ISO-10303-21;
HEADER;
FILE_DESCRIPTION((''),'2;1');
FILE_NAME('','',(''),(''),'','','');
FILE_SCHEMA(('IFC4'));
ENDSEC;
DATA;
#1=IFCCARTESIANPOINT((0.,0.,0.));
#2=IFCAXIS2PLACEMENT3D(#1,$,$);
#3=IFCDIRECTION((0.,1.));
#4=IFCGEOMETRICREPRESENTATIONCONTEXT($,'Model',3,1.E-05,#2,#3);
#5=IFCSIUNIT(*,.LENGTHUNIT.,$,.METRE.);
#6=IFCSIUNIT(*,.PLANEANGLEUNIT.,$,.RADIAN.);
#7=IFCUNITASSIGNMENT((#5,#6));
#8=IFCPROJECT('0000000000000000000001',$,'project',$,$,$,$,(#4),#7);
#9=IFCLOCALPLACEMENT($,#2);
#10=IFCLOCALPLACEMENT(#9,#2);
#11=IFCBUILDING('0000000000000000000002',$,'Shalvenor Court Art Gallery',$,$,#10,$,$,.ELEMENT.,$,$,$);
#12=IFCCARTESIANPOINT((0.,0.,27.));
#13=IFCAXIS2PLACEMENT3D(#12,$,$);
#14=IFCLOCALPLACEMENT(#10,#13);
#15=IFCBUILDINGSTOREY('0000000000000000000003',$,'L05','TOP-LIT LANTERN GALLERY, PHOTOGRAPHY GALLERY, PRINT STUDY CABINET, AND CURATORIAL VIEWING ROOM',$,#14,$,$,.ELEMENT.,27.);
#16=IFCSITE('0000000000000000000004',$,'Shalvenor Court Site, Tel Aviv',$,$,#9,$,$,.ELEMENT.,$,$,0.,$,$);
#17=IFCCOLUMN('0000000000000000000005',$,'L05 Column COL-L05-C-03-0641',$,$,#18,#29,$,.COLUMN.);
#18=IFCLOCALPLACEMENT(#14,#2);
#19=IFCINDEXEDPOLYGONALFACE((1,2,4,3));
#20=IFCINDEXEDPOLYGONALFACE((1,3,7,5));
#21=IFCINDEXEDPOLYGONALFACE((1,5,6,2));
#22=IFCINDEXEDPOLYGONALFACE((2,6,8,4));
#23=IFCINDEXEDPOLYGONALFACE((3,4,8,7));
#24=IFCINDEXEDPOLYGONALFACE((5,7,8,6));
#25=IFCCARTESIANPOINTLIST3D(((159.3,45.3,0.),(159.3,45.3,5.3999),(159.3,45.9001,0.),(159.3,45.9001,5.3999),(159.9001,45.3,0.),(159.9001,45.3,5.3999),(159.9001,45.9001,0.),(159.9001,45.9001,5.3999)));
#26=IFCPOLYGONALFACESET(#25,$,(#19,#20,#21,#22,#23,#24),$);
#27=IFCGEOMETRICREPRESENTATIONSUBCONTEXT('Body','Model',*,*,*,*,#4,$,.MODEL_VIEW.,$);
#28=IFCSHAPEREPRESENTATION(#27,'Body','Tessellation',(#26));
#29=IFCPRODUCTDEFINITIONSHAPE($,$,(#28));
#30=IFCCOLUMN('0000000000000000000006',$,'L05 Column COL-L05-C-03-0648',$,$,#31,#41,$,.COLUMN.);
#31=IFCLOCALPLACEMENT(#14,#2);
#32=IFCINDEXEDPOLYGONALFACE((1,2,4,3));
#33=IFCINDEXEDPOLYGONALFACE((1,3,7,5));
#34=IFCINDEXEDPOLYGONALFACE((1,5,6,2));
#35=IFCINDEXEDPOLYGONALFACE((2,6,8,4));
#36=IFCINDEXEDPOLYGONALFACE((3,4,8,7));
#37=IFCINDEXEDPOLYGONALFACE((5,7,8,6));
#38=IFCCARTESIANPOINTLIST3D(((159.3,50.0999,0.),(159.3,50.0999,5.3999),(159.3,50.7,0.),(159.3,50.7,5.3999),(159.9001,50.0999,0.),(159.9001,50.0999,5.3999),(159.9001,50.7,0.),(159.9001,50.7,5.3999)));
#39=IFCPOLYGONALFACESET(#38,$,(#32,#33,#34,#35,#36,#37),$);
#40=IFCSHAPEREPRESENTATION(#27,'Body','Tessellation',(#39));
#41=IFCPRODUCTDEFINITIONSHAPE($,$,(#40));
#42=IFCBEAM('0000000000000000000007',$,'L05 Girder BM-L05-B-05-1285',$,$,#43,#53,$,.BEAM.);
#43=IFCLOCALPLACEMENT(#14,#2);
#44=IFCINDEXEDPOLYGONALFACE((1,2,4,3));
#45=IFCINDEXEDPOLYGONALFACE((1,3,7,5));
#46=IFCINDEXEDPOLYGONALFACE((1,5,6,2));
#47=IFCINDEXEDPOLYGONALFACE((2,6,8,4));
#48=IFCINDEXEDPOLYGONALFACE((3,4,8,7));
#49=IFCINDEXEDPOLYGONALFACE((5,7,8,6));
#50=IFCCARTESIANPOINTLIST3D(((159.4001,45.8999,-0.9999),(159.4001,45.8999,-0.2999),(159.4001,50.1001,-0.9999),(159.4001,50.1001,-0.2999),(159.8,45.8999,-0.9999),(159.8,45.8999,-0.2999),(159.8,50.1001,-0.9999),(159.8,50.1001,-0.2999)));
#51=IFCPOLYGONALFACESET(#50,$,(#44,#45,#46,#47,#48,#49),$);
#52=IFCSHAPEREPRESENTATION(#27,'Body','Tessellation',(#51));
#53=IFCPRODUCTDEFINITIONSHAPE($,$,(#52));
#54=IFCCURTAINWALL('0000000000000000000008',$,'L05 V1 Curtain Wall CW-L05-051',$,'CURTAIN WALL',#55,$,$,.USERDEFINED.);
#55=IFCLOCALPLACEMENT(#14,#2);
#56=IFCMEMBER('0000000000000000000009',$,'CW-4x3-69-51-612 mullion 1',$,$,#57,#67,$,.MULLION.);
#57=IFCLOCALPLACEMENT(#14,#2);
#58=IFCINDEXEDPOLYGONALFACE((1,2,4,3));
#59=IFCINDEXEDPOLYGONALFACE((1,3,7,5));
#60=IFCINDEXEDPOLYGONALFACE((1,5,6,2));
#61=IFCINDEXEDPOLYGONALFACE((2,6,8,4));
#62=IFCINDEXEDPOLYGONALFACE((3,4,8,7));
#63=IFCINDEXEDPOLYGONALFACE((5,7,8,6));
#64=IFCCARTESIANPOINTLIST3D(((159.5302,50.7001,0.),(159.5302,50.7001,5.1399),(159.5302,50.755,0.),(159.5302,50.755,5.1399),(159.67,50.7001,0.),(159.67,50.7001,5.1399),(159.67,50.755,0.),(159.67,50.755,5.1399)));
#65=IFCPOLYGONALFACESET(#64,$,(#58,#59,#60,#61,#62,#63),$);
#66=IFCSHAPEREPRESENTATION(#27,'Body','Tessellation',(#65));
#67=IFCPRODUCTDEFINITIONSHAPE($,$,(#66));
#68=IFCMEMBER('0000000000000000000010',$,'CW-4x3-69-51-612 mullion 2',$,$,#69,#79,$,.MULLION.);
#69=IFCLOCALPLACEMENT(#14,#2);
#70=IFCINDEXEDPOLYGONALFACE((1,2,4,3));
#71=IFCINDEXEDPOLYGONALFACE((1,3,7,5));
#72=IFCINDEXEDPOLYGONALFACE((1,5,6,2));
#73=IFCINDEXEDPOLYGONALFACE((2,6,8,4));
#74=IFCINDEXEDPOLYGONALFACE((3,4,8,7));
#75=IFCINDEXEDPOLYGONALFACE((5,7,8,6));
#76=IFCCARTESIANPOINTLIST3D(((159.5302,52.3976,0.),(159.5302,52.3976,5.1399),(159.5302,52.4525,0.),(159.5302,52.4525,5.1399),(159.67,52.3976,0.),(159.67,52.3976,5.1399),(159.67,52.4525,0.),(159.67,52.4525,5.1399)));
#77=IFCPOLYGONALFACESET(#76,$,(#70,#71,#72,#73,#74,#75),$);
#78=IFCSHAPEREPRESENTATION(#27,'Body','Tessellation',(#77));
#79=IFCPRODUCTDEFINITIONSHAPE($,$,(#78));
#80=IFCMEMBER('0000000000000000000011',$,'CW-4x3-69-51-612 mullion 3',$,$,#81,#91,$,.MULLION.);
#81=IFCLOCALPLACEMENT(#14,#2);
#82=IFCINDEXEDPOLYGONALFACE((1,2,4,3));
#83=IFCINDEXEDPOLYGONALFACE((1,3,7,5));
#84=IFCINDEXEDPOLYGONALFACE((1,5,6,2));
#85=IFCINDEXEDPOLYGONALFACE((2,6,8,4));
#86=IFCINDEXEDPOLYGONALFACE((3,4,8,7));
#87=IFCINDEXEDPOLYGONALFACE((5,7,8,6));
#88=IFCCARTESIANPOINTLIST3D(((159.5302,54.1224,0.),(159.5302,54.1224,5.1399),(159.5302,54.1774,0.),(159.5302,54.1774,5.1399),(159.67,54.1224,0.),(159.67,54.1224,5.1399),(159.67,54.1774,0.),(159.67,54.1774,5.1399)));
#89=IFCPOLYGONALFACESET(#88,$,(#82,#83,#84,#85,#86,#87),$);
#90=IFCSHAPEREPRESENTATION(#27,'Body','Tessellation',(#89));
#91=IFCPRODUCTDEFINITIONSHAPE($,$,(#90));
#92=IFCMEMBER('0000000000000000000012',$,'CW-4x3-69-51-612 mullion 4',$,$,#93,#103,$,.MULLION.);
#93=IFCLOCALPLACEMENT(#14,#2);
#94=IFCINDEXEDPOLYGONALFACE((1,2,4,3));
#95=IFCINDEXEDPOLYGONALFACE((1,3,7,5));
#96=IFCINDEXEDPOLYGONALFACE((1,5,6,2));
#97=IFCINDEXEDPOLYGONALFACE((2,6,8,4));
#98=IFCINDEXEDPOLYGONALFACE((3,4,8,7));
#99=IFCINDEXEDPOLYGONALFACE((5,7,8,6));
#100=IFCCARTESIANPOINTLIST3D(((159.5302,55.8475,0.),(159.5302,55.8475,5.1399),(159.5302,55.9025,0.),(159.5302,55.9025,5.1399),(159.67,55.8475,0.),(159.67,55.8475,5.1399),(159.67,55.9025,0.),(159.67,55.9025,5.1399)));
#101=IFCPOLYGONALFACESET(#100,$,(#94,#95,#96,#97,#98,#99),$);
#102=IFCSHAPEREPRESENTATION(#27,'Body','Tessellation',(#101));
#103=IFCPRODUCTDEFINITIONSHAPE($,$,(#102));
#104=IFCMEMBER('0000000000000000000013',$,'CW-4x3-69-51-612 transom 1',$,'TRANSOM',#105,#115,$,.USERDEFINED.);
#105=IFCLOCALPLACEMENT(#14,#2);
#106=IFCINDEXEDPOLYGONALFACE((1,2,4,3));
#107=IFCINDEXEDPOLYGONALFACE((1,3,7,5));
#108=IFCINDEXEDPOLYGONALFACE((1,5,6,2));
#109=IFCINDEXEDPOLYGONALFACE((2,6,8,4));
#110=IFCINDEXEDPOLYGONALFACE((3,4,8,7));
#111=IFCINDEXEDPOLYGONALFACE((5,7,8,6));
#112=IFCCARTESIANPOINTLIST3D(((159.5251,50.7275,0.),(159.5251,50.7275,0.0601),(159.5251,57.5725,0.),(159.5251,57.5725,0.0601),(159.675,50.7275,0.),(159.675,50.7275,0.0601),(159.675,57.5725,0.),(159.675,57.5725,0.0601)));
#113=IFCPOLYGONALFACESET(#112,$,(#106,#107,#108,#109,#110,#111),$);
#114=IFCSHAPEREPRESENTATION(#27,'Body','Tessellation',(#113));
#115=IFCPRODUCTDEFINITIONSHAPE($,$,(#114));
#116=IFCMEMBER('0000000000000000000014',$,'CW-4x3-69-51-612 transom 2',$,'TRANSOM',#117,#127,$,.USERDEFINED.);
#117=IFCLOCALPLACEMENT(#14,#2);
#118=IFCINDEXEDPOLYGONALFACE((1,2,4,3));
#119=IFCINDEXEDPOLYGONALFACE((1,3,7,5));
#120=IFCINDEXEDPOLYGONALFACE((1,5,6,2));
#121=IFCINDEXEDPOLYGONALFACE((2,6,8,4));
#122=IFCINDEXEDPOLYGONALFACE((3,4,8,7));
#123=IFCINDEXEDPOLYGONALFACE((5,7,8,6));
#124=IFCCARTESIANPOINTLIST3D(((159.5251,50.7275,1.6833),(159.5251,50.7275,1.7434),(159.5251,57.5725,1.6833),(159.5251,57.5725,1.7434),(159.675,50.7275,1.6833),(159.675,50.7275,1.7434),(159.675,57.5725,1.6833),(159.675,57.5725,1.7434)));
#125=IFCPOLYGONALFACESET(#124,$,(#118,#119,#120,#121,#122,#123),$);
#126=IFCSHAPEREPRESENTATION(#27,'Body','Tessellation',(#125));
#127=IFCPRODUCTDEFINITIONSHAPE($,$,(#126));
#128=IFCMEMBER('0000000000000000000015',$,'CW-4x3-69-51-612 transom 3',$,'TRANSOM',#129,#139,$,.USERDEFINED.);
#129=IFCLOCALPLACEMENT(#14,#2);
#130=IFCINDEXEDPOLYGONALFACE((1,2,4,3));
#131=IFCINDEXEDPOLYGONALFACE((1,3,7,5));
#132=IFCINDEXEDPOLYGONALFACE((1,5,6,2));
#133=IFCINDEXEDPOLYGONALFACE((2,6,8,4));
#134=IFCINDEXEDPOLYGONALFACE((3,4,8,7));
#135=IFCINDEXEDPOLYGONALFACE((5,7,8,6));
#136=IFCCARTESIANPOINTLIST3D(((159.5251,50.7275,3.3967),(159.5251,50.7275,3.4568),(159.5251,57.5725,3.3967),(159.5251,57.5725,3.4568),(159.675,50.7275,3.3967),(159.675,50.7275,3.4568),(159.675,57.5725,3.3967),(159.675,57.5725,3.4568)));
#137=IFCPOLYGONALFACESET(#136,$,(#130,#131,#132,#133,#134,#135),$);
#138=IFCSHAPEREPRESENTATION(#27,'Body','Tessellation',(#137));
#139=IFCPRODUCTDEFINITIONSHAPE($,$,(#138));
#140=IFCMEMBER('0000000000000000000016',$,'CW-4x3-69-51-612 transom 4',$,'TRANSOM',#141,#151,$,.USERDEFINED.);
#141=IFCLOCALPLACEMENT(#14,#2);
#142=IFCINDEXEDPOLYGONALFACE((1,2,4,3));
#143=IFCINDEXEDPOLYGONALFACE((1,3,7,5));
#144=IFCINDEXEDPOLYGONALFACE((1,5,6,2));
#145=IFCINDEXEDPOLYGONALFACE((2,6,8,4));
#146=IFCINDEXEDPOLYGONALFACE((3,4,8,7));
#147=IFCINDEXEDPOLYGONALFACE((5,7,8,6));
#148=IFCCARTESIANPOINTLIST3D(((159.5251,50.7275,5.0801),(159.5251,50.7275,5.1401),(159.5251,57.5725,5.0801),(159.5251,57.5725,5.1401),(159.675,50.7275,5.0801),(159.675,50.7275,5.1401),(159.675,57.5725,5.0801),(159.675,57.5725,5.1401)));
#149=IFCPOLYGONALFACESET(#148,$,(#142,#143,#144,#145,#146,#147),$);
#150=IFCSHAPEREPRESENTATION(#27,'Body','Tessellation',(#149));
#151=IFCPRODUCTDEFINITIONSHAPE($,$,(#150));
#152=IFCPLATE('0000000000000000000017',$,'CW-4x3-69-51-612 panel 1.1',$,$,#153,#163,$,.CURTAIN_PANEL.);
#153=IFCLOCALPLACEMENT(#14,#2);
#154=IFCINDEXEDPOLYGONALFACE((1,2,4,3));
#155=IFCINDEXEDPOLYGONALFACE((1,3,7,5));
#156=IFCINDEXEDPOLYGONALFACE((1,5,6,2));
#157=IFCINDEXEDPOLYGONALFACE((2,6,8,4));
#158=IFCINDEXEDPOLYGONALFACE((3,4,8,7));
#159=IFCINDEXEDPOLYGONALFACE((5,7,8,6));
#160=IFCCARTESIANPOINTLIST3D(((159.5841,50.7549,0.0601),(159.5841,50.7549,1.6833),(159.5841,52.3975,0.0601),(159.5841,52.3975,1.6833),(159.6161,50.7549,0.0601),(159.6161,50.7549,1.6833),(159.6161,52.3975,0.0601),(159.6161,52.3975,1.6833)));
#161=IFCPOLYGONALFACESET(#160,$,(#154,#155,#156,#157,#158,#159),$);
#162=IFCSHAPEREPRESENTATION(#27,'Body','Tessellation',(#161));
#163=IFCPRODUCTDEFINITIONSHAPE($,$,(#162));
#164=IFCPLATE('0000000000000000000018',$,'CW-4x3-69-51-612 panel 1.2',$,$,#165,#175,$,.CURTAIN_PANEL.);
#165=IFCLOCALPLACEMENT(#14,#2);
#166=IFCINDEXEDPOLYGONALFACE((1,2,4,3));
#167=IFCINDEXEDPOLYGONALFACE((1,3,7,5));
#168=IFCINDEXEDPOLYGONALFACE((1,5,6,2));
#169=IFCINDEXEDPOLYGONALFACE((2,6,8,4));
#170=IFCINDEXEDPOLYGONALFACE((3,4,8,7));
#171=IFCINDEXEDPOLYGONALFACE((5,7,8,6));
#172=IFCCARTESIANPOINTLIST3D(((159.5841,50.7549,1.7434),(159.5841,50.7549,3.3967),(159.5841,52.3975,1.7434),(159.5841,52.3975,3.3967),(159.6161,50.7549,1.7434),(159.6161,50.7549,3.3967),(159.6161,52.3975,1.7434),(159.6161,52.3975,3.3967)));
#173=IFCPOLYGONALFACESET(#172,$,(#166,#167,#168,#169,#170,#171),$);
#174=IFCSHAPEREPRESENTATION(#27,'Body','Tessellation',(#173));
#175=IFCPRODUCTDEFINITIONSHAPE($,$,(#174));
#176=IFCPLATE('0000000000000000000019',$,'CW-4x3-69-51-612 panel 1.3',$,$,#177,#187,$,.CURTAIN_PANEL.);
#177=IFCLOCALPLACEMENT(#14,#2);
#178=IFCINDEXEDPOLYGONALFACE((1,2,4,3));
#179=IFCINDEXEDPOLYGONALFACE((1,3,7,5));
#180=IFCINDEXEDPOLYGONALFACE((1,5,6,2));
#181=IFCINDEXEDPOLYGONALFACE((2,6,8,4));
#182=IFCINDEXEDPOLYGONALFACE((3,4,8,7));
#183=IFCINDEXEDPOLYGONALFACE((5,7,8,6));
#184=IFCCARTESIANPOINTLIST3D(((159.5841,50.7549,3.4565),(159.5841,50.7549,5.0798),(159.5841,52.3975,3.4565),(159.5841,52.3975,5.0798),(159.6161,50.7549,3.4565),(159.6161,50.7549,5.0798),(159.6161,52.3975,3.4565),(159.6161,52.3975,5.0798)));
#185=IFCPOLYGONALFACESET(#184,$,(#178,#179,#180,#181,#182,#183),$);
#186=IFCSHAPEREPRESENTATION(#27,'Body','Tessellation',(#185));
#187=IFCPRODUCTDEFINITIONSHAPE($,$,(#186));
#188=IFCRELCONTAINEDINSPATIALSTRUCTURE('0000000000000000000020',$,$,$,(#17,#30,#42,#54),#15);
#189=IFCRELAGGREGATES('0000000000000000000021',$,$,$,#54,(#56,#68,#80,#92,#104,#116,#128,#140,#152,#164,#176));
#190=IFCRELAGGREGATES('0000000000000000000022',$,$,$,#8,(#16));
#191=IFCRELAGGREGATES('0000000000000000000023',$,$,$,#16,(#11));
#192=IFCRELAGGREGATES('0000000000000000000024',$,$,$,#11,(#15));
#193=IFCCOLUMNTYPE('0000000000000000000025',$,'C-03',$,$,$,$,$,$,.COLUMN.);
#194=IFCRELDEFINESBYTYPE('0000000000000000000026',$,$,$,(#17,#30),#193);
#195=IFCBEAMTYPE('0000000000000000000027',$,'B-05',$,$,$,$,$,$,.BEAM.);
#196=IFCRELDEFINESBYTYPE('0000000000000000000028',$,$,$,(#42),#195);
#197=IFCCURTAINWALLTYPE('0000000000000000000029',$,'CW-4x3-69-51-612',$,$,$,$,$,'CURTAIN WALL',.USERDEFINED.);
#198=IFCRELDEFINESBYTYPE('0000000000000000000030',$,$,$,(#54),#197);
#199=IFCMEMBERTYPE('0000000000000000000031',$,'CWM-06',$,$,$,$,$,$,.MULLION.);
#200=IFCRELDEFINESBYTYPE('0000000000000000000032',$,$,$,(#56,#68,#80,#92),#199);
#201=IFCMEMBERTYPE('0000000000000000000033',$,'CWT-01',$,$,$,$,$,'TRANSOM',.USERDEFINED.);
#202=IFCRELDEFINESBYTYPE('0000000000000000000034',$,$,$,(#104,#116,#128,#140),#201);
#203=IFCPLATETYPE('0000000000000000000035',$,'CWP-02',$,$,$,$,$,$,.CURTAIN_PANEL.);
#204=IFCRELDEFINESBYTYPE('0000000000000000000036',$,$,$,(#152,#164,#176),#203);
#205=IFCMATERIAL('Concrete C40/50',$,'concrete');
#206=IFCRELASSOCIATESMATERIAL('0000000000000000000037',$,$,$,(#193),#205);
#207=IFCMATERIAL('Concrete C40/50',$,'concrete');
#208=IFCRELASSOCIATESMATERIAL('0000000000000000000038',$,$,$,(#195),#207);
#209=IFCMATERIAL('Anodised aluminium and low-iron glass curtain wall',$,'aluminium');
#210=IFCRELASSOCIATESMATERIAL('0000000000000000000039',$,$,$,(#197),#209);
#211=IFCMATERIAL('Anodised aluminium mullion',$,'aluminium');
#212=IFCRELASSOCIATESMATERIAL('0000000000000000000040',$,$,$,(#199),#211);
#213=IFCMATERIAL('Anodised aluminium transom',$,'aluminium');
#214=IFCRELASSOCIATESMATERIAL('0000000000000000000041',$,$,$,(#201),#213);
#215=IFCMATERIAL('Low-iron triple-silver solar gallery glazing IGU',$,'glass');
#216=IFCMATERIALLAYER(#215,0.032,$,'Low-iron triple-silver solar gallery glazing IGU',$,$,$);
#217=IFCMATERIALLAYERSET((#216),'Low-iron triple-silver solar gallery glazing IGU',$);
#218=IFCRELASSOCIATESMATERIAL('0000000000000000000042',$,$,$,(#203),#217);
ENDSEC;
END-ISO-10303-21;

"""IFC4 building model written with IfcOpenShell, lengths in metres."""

from ifc_helpers import new_model, si_unit, direction, frame, origin, origin_2d, place, context, subcontext, project, spatial, rectangle, extrude, material, layer, layer_set, material_profile, profile_set, type_object, element, aggregate, save


model = new_model("IFC4")

# Units and contexts
model_context = context("Model", 3, precision=1e-05, world=origin(), true_north=direction((0.0, 1.0)))
body_context = subcontext(model_context, "Body", "Model", "MODEL_VIEW")
ifc_project = project(units=[si_unit("LENGTHUNIT", "METRE"), si_unit("PLANEANGLEUNIT", "RADIAN")], contexts=[model_context])

# Site, building, storey
site_placement = place(None, origin())
site = spatial("IfcSite", under=ifc_project, at=site_placement, Name="Shalvenor Court Site, Tel Aviv", CompositionType="ELEMENT", RefElevation=0.0)
building_placement = place(site_placement, origin())
building = spatial("IfcBuilding", under=site, at=building_placement, Name="Shalvenor Court Art Gallery", CompositionType="ELEMENT")
storey_placement = place(building_placement, frame((0.0, 0.0, 27.0)))
storey = spatial("IfcBuildingStorey", under=building, at=storey_placement, Name="L05", Description="TOP-LIT LANTERN GALLERY, PHOTOGRAPHY GALLERY, PRINT STUDY CABINET, AND CURATORIAL VIEWING ROOM", CompositionType="ELEMENT", Elevation=27.0)

# Columns
ifc_material_1 = material(Name="Concrete C40/50", Category="concrete")
ifc_material_profile_1 = material_profile(ifc_material_1, rectangle(XDim=0.6001, YDim=0.6001, at=origin_2d()), Name="RC 600x600")
ifc_profile_set_1 = profile_set([ifc_material_profile_1], Name="Concrete C40/50")
column_type = type_object("IfcColumnType", Name="C-03", PredefinedType="COLUMN", material=ifc_profile_set_1)
for number, where, z_axis, x_axis, name in (
    (1, (159.6001, 45.6001, 0.0), (0.0, 0.0, 1.0), (1.0, 0.0, 0.0), "L05 Column COL-L05-C-03-0641"),
    (2, (159.6001, 50.3999, 0.0), (0.0, 0.0, 1.0), (1.0, 0.0, 0.0), "L05 Column COL-L05-C-03-0648"),
):
    element("IfcColumn", number, at=place(storey_placement, frame(where, z_axis=z_axis, x_axis=x_axis)), inside=storey, type_object=column_type, Name=name, PredefinedType="COLUMN", context=body_context, shape_type="SweptSolid", body=[
        extrude(rectangle(XDim=0.6001, YDim=0.6001, at=origin_2d()), origin(), (0.0, 0.0, 1.0), 5.3999),
    ])

# Beam
ifc_material_2 = material(Name="Concrete C40/50", Category="concrete")
ifc_material_profile_2 = material_profile(ifc_material_2, rectangle(XDim=0.3999, YDim=0.7, at=origin_2d()), Name="RC 400x700")
ifc_profile_set_2 = profile_set([ifc_material_profile_2], Name="Concrete C40/50")
beam_type = type_object("IfcBeamType", Name="B-05", PredefinedType="BEAM", material=ifc_profile_set_2)
beam_placement = place(storey_placement, frame((159.6001, 45.8999, -0.6499), z_axis=(0.0, 1.0, 0.0), x_axis=(-1.0, 0.0, 0.0)))
element("IfcBeam", 3, at=beam_placement, inside=storey, type_object=beam_type, Name="L05 Girder BM-L05-B-05-1285", PredefinedType="BEAM", context=body_context, shape_type="SweptSolid", body=[
    extrude(rectangle(XDim=0.3999, YDim=0.7, at=origin_2d()), origin(), (0.0, 0.0, 1.0), 4.2002),
])

# Curtain wall, members, plates
ifc_material_3 = material(Name="Anodised aluminium and low-iron glass curtain wall", Category="aluminium")
curtain_wall_type = type_object("IfcCurtainWallType", Name="CW-4x3-69-51-612", ElementType="CURTAIN WALL", PredefinedType="USERDEFINED", material=ifc_material_3)
curtain_wall_placement = place(storey_placement, origin())
curtain_wall = element("IfcCurtainWall", 4, at=curtain_wall_placement, inside=storey, type_object=curtain_wall_type, Name="L05 V1 Curtain Wall CW-L05-051", ObjectType="CURTAIN WALL", PredefinedType="USERDEFINED")
ifc_material_4 = material(Name="Anodised aluminium mullion", Category="aluminium")
ifc_material_profile_3 = material_profile(ifc_material_4, rectangle(XDim=0.0549, YDim=0.1399, at=origin_2d()), Name="CWM-06")
ifc_profile_set_3 = profile_set([ifc_material_profile_3], Name="Anodised aluminium mullion")
member_type_1 = type_object("IfcMemberType", Name="CWM-06", PredefinedType="MULLION", material=ifc_profile_set_3)
member_1_placement = place(storey_placement, frame((159.6001, 50.7275, 0.0), z_axis=(0.0, 0.0, 1.0), x_axis=(0.0, 1.0, 0.0)))
member_1 = element("IfcMember", 5, at=member_1_placement, type_object=member_type_1, Name="CW-4x3-69-51-612 mullion 1", PredefinedType="MULLION", context=body_context, shape_type="SweptSolid", body=[
    extrude(rectangle(XDim=0.0549, YDim=0.1399, at=origin_2d()), origin(), (0.0, 0.0, 1.0), 5.1399),
])
member_2_placement = place(storey_placement, frame((159.6001, 52.425, 0.0), z_axis=(0.0, 0.0, 1.0), x_axis=(0.0, 1.0, 0.0)))
member_2 = element("IfcMember", 6, at=member_2_placement, type_object=member_type_1, Name="CW-4x3-69-51-612 mullion 2", PredefinedType="MULLION", context=body_context, shape_type="SweptSolid", body=[
    extrude(rectangle(XDim=0.0549, YDim=0.1399, at=origin_2d()), origin(), (0.0, 0.0, 1.0), 5.1399),
])
member_3_placement = place(storey_placement, frame((159.6001, 54.1499, 0.0), z_axis=(0.0, 0.0, 1.0), x_axis=(0.0, 1.0, 0.0)))
member_3 = element("IfcMember", 7, at=member_3_placement, type_object=member_type_1, Name="CW-4x3-69-51-612 mullion 3", PredefinedType="MULLION", context=body_context, shape_type="SweptSolid", body=[
    extrude(rectangle(XDim=0.0549, YDim=0.1399, at=origin_2d()), origin(), (0.0, 0.0, 1.0), 5.1399),
])
member_4_placement = place(storey_placement, frame((159.6001, 55.875, 0.0), z_axis=(0.0, 0.0, 1.0), x_axis=(0.0, 1.0, 0.0)))
member_4 = element("IfcMember", 8, at=member_4_placement, type_object=member_type_1, Name="CW-4x3-69-51-612 mullion 4", PredefinedType="MULLION", context=body_context, shape_type="SweptSolid", body=[
    extrude(rectangle(XDim=0.0549, YDim=0.1399, at=origin_2d()), origin(), (0.0, 0.0, 1.0), 5.1399),
])
ifc_material_5 = material(Name="Anodised aluminium transom", Category="aluminium")
ifc_material_profile_4 = material_profile(ifc_material_5, rectangle(XDim=0.1499, YDim=0.0601, at=origin_2d()), Name="CWT-01")
ifc_profile_set_4 = profile_set([ifc_material_profile_4], Name="Anodised aluminium transom")
member_type_2 = type_object("IfcMemberType", Name="CWT-01", ElementType="TRANSOM", PredefinedType="USERDEFINED", material=ifc_profile_set_4)
member_5_placement = place(storey_placement, frame((159.6001, 50.7275, 0.03), z_axis=(0.0, 1.0, 0.0), x_axis=(-1.0, 0.0, 0.0)))
member_5 = element("IfcMember", 9, at=member_5_placement, type_object=member_type_2, Name="CW-4x3-69-51-612 transom 1", ObjectType="TRANSOM", PredefinedType="USERDEFINED", context=body_context, shape_type="SweptSolid", body=[
    extrude(rectangle(XDim=0.1499, YDim=0.0601, at=origin_2d()), origin(), (0.0, 0.0, 1.0), 6.845),
])
member_6_placement = place(storey_placement, frame((159.6001, 50.7275, 1.7134), z_axis=(0.0, 1.0, 0.0), x_axis=(-1.0, 0.0, 0.0)))
member_6 = element("IfcMember", 10, at=member_6_placement, type_object=member_type_2, Name="CW-4x3-69-51-612 transom 2", ObjectType="TRANSOM", PredefinedType="USERDEFINED", context=body_context, shape_type="SweptSolid", body=[
    extrude(rectangle(XDim=0.1499, YDim=0.0601, at=origin_2d()), origin(), (0.0, 0.0, 1.0), 6.845),
])
member_7_placement = place(storey_placement, frame((159.6001, 50.7275, 3.4268), z_axis=(0.0, 1.0, 0.0), x_axis=(-1.0, 0.0, 0.0)))
member_7 = element("IfcMember", 11, at=member_7_placement, type_object=member_type_2, Name="CW-4x3-69-51-612 transom 3", ObjectType="TRANSOM", PredefinedType="USERDEFINED", context=body_context, shape_type="SweptSolid", body=[
    extrude(rectangle(XDim=0.1499, YDim=0.0601, at=origin_2d()), origin(), (0.0, 0.0, 1.0), 6.845),
])
member_8_placement = place(storey_placement, frame((159.6001, 50.7275, 5.1101), z_axis=(0.0, 1.0, 0.0), x_axis=(-1.0, 0.0, 0.0)))
member_8 = element("IfcMember", 12, at=member_8_placement, type_object=member_type_2, Name="CW-4x3-69-51-612 transom 4", ObjectType="TRANSOM", PredefinedType="USERDEFINED", context=body_context, shape_type="SweptSolid", body=[
    extrude(rectangle(XDim=0.1499, YDim=0.0601, at=origin_2d()), origin(), (0.0, 0.0, 1.0), 6.845),
])
ifc_material_6 = material(Name="Low-iron triple-silver solar gallery glazing IGU", Category="glass")
ifc_layer_1 = layer(ifc_material_6, 0.032, Name="Low-iron triple-silver solar gallery glazing IGU")
ifc_layer_set_1 = layer_set([ifc_layer_1], Name="Low-iron triple-silver solar gallery glazing IGU")
plate_type = type_object("IfcPlateType", Name="CWP-02", PredefinedType="CURTAIN_PANEL", material=ifc_layer_set_1)
plate_1_placement = place(storey_placement, frame((159.6001, 51.5762, 0.0601), z_axis=(0.0, 0.0, 1.0), x_axis=(0.0, 1.0, 0.0)))
plate_1 = element("IfcPlate", 13, at=plate_1_placement, type_object=plate_type, Name="CW-4x3-69-51-612 panel 1.1", PredefinedType="CURTAIN_PANEL", context=body_context, shape_type="SweptSolid", body=[
    extrude(rectangle(XDim=1.6426, YDim=0.032, at=origin_2d()), origin(), (0.0, 0.0, 1.0), 1.6233),
])
plate_2_placement = place(storey_placement, frame((159.6001, 51.5762, 1.7434), z_axis=(0.0, 0.0, 1.0), x_axis=(0.0, 1.0, 0.0)))
plate_2 = element("IfcPlate", 14, at=plate_2_placement, type_object=plate_type, Name="CW-4x3-69-51-612 panel 1.2", PredefinedType="CURTAIN_PANEL", context=body_context, shape_type="SweptSolid", body=[
    extrude(rectangle(XDim=1.6426, YDim=0.032, at=origin_2d()), origin(), (0.0, 0.0, 1.0), 1.6533),
])
plate_3_placement = place(storey_placement, frame((159.6001, 51.5762, 3.4565), z_axis=(0.0, 0.0, 1.0), x_axis=(0.0, 1.0, 0.0)))
plate_3 = element("IfcPlate", 15, at=plate_3_placement, type_object=plate_type, Name="CW-4x3-69-51-612 panel 1.3", PredefinedType="CURTAIN_PANEL", context=body_context, shape_type="SweptSolid", body=[
    extrude(rectangle(XDim=1.6426, YDim=0.032, at=origin_2d()), origin(), (0.0, 0.0, 1.0), 1.6233),
])
aggregate(curtain_wall, [member_1, member_2, member_3, member_4, member_5, member_6, member_7, member_8, plate_1, plate_2, plate_3])

save(model, "model.ifc")
